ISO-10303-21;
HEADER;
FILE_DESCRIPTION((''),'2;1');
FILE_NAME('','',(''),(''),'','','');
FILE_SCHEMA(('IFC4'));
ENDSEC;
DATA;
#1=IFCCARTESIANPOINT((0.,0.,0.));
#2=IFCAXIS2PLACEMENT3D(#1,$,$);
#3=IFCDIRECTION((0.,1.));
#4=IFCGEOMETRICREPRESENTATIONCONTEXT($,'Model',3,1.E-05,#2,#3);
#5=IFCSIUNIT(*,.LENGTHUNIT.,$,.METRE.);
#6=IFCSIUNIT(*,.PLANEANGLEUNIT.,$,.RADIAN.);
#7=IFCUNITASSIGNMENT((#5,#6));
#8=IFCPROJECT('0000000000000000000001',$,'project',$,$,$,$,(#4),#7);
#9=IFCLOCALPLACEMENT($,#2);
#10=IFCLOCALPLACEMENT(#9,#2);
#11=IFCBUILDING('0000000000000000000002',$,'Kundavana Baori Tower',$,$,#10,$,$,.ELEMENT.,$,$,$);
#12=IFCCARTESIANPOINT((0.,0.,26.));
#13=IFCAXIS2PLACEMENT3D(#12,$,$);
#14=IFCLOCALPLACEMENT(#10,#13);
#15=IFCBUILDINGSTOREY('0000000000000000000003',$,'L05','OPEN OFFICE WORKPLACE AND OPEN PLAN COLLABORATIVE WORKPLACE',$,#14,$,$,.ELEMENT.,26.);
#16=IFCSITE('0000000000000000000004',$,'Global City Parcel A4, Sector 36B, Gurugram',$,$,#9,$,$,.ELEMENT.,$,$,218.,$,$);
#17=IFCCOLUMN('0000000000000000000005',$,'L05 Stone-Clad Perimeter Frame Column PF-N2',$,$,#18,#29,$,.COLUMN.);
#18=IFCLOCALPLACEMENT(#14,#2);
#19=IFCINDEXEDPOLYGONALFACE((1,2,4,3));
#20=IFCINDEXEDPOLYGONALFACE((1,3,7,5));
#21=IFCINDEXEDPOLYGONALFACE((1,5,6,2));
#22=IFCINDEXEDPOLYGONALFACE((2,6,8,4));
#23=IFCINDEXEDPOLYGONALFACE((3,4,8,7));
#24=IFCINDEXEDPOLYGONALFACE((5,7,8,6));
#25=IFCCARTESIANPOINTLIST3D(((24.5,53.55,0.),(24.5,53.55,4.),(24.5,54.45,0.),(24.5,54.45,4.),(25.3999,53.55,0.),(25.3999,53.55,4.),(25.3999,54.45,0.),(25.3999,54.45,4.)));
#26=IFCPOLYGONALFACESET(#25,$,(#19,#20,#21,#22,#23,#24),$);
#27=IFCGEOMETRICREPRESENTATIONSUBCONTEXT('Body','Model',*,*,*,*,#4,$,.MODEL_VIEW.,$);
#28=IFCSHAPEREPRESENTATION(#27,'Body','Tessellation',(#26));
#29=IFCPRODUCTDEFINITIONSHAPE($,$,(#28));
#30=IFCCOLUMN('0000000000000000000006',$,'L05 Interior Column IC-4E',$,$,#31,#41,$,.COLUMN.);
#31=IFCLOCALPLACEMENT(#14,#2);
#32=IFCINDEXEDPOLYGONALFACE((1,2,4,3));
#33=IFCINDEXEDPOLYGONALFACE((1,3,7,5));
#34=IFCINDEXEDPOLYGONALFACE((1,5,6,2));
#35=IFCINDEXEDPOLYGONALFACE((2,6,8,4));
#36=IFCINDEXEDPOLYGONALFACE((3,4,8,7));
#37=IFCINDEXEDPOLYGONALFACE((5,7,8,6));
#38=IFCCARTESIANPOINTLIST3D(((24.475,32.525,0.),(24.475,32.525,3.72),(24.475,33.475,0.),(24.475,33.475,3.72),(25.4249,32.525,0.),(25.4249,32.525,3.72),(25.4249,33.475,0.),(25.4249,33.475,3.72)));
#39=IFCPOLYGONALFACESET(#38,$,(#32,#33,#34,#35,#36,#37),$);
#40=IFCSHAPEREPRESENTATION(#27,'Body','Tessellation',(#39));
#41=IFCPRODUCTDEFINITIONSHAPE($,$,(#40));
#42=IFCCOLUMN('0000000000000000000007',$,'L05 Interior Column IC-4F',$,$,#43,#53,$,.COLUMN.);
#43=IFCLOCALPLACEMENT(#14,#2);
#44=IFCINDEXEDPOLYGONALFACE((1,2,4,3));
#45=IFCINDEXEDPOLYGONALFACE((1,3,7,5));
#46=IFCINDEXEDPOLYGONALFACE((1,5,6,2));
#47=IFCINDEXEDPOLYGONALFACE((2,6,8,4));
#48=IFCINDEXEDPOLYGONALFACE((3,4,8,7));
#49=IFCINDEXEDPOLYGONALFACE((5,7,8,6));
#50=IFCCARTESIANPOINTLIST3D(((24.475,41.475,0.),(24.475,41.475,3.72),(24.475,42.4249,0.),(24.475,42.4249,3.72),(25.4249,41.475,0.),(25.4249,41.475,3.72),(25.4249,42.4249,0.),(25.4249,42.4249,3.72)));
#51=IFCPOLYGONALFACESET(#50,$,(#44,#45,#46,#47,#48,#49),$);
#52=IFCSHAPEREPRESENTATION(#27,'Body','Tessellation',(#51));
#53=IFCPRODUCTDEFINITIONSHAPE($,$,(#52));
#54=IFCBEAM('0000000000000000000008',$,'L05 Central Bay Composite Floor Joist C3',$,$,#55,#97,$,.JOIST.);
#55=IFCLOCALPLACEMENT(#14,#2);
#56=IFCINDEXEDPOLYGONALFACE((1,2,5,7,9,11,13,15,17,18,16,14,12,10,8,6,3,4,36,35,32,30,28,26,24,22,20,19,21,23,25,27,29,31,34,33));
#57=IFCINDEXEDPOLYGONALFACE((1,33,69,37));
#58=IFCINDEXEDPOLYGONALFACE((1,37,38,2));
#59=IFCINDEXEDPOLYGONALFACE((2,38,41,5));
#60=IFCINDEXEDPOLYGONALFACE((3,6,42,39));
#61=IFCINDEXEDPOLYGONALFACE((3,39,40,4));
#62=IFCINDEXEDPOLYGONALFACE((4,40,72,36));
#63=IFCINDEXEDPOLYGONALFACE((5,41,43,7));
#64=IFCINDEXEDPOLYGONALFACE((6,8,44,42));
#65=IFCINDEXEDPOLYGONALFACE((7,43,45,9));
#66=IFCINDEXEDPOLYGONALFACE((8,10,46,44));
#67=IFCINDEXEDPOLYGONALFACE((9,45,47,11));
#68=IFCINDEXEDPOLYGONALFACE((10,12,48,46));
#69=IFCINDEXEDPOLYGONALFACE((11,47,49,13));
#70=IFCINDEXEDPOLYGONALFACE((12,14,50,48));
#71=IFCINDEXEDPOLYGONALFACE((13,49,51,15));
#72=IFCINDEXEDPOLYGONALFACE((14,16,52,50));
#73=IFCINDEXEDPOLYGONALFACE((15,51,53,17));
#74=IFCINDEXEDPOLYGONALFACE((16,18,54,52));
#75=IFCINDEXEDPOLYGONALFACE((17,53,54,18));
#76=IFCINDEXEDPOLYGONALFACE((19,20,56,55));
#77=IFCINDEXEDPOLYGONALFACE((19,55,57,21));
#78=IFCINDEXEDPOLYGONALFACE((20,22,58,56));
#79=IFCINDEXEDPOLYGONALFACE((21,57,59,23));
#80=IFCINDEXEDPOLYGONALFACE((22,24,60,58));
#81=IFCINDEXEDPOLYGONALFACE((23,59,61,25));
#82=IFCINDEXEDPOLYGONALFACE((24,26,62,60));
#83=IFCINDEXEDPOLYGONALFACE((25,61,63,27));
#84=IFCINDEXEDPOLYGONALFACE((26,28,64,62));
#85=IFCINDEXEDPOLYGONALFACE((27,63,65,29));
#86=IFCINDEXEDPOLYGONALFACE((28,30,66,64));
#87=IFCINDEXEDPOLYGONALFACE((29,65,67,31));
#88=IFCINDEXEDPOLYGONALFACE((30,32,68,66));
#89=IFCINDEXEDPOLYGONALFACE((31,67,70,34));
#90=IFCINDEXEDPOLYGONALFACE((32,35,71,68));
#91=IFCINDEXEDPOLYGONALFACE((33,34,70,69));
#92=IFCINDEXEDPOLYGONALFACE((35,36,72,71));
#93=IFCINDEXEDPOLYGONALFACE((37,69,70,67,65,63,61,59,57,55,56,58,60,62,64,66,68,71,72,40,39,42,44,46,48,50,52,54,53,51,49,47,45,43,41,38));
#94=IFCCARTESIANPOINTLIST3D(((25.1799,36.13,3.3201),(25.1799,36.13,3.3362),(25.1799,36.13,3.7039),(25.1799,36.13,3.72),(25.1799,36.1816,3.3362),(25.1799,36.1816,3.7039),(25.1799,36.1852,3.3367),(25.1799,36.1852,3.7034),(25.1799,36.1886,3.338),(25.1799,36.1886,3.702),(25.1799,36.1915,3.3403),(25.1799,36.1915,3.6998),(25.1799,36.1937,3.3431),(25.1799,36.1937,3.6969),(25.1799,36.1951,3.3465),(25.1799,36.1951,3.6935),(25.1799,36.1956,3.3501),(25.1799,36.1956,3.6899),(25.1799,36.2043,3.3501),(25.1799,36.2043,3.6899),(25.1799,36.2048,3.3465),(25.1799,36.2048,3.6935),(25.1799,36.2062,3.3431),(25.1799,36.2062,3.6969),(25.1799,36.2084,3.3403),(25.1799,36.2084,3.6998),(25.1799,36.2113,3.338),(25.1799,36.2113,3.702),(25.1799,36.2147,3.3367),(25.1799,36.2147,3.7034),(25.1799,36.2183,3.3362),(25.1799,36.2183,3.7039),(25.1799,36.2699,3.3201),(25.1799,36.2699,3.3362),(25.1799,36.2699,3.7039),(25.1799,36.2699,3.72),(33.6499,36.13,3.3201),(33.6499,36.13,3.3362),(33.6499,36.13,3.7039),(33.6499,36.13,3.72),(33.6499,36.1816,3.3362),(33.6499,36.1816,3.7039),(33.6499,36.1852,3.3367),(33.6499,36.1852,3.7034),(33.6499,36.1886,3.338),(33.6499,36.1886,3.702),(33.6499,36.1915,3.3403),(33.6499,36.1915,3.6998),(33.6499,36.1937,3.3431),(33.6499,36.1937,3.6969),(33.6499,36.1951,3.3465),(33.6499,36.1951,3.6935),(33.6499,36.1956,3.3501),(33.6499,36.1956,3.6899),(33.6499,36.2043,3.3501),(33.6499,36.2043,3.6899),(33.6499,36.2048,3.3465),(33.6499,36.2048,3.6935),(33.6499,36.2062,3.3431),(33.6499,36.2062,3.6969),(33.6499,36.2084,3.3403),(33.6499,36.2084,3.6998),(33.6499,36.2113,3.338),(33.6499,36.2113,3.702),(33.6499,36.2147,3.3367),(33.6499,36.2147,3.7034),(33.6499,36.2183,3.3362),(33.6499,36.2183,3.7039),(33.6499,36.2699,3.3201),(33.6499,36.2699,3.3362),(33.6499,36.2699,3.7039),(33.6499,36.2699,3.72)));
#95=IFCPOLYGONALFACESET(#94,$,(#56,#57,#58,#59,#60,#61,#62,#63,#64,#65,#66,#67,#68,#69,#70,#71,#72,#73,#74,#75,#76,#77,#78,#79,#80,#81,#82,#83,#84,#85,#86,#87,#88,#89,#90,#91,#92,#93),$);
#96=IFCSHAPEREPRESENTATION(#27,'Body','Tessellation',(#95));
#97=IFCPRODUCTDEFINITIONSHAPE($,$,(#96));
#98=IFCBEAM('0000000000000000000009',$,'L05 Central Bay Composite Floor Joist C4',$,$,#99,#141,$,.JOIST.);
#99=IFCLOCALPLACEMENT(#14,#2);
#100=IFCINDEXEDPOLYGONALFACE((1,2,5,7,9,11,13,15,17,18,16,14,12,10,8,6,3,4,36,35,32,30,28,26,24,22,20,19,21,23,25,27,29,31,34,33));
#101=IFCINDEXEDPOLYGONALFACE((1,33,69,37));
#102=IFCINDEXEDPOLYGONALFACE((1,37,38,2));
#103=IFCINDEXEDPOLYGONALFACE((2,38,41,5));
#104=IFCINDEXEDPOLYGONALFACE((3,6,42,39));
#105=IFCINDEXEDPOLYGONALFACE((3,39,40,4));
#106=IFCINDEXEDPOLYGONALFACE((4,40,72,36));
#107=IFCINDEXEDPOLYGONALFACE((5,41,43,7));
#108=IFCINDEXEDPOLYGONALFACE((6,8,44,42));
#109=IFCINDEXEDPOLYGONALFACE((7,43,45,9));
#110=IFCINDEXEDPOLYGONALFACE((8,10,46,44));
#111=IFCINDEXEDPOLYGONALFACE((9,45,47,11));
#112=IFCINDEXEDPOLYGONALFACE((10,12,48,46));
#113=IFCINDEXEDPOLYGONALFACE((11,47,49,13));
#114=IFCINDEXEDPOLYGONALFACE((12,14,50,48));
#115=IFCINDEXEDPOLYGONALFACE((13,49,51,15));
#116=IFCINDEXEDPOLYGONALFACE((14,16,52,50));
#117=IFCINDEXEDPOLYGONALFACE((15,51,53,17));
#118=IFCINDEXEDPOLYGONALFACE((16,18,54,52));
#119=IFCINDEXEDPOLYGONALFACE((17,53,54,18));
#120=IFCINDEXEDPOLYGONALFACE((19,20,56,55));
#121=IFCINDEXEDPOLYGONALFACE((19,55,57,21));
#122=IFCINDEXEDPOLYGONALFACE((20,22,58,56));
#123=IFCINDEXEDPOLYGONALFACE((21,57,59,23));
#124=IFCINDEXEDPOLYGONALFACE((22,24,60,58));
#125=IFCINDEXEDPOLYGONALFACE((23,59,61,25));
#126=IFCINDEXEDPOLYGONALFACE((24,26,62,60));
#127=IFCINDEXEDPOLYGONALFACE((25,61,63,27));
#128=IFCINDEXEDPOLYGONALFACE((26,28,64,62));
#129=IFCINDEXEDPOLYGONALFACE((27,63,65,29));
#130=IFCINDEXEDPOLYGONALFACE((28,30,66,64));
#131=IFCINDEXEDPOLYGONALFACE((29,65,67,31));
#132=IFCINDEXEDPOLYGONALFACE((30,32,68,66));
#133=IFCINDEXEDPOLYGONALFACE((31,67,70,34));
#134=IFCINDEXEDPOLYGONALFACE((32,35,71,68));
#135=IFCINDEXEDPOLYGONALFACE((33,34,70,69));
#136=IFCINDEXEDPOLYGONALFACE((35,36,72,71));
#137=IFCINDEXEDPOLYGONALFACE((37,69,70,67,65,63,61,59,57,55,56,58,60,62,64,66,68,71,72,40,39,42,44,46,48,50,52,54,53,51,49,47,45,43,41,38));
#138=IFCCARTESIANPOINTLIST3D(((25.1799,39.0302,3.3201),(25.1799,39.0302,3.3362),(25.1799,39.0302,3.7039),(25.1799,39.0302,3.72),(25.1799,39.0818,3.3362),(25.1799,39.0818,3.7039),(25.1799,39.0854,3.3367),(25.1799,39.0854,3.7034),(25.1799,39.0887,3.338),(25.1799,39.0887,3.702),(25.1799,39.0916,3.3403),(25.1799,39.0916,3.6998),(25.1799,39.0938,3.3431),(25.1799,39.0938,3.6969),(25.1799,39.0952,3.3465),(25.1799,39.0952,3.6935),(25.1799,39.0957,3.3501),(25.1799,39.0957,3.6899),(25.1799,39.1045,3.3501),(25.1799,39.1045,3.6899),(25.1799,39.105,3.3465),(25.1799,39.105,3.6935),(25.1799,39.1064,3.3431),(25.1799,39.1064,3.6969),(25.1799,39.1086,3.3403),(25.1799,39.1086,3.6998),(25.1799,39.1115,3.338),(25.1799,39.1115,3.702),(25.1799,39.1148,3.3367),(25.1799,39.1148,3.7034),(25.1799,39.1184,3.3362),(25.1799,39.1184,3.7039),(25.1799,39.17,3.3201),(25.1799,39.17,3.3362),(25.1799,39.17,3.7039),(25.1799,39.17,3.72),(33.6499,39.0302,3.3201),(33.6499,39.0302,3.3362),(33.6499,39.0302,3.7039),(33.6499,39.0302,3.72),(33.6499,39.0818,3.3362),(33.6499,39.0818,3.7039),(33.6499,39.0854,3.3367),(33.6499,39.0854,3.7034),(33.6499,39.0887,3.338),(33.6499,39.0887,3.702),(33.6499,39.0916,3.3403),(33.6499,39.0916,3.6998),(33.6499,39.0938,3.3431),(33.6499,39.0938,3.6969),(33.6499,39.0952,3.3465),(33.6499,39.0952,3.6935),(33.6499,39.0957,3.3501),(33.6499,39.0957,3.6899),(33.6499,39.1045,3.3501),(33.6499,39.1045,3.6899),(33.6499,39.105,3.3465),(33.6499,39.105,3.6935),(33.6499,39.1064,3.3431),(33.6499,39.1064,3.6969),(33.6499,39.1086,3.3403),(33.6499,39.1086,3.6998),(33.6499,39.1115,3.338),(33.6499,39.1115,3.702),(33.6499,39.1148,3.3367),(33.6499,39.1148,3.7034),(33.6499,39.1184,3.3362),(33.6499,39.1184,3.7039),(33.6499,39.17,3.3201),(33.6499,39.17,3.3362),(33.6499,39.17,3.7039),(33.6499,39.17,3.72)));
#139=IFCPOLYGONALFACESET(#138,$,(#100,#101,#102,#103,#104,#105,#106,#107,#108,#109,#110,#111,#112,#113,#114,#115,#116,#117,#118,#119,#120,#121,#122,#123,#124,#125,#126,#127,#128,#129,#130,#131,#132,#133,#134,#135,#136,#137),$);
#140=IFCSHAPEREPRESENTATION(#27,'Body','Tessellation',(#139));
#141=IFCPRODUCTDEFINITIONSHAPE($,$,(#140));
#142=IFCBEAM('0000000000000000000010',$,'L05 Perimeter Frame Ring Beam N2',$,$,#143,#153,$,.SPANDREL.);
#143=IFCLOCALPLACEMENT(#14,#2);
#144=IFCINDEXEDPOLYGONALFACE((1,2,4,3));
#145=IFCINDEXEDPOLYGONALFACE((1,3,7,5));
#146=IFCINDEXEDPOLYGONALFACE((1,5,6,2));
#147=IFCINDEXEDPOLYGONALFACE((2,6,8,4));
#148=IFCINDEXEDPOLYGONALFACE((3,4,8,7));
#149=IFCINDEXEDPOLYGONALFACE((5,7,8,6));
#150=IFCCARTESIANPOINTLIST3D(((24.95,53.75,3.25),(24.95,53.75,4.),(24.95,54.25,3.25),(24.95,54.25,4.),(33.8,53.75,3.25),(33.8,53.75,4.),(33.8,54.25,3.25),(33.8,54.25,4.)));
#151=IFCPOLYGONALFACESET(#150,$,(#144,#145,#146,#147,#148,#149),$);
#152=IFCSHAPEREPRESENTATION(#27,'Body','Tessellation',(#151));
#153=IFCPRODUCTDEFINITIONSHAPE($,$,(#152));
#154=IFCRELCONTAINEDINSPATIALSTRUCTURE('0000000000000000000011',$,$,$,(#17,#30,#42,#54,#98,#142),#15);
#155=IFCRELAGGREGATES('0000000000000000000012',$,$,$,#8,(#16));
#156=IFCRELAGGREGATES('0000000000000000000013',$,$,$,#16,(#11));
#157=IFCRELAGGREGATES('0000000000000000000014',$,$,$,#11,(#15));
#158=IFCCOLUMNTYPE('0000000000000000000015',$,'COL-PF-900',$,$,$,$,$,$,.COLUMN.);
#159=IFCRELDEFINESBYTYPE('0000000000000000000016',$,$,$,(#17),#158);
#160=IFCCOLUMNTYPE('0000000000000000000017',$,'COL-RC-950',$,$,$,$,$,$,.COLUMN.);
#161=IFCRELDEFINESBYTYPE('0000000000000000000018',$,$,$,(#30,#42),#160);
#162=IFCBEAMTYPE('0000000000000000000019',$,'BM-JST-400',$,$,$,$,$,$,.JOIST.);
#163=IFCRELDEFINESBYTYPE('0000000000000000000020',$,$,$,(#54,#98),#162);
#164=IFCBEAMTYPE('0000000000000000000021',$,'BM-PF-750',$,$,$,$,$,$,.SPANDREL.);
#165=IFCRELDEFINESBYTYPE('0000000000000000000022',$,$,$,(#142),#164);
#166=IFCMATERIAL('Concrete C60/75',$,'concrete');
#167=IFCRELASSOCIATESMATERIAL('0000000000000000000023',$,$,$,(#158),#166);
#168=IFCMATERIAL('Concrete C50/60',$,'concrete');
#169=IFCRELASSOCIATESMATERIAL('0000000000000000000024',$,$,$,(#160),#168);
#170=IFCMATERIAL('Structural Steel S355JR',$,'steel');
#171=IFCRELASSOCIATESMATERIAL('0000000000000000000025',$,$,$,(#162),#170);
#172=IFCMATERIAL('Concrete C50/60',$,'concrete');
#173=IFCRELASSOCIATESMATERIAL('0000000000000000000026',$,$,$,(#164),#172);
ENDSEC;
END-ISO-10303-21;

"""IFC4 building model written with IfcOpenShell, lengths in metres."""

from ifc_helpers import new_model, si_unit, direction, frame, origin, origin_2d, place, context, subcontext, project, spatial, rectangle, i_section, extrude, material, material_profile, profile_set, type_object, element, save


model = new_model("IFC4")

# Units and contexts
model_context = context("Model", 3, precision=1e-05, world=origin(), true_north=direction((0.0, 1.0)))
body_context = subcontext(model_context, "Body", "Model", "MODEL_VIEW")
ifc_project = project(units=[si_unit("LENGTHUNIT", "METRE"), si_unit("PLANEANGLEUNIT", "RADIAN")], contexts=[model_context])

# Site, building, storey
site_placement = place(None, origin())
site = spatial("IfcSite", under=ifc_project, at=site_placement, Name="Global City Parcel A4, Sector 36B, Gurugram", CompositionType="ELEMENT", RefElevation=218.0)
building_placement = place(site_placement, origin())
building = spatial("IfcBuilding", under=site, at=building_placement, Name="Kundavana Baori Tower", CompositionType="ELEMENT")
storey_placement = place(building_placement, frame((0.0, 0.0, 26.0)))
storey = spatial("IfcBuildingStorey", under=building, at=storey_placement, Name="L05", Description="OPEN OFFICE WORKPLACE AND OPEN PLAN COLLABORATIVE WORKPLACE", CompositionType="ELEMENT", Elevation=26.0)

# Columns
ifc_material_1 = material(Name="Concrete C60/75", Category="concrete")
ifc_material_profile_1 = material_profile(ifc_material_1, rectangle(XDim=0.8999, YDim=0.8999, at=origin_2d()), Name="RC PF 900x900")
ifc_profile_set_1 = profile_set([ifc_material_profile_1], Name="Concrete C60/75")
column_type_1 = type_object("IfcColumnType", Name="COL-PF-900", PredefinedType="COLUMN", material=ifc_profile_set_1)
column_placement = place(storey_placement, frame((24.95, 54.0, 0.0), z_axis=(0.0, 0.0, 1.0), x_axis=(1.0, 0.0, 0.0)))
element("IfcColumn", 1, at=column_placement, inside=storey, type_object=column_type_1, Name="L05 Stone-Clad Perimeter Frame Column PF-N2", PredefinedType="COLUMN", context=body_context, shape_type="SweptSolid", body=[
    extrude(rectangle(XDim=0.8999, YDim=0.8999, at=origin_2d()), origin(), (0.0, 0.0, 1.0), 4.0),
])
ifc_material_2 = material(Name="Concrete C50/60", Category="concrete")
ifc_material_profile_2 = material_profile(ifc_material_2, rectangle(XDim=0.95, YDim=0.95, at=origin_2d()), Name="RC 950x950")
ifc_profile_set_2 = profile_set([ifc_material_profile_2], Name="Concrete C50/60")
column_type_2 = type_object("IfcColumnType", Name="COL-RC-950", PredefinedType="COLUMN", material=ifc_profile_set_2)
for number, where, z_axis, x_axis, name in (
    (2, (24.95, 33.0, 0.0), (0.0, 0.0, 1.0), (1.0, 0.0, 0.0), "L05 Interior Column IC-4E"),
    (3, (24.95, 41.95, 0.0), (0.0, 0.0, 1.0), (1.0, 0.0, 0.0), "L05 Interior Column IC-4F"),
):
    element("IfcColumn", number, at=place(storey_placement, frame(where, z_axis=z_axis, x_axis=x_axis)), inside=storey, type_object=column_type_2, Name=name, PredefinedType="COLUMN", context=body_context, shape_type="SweptSolid", body=[
        extrude(rectangle(XDim=0.95, YDim=0.95, at=origin_2d()), origin(), (0.0, 0.0, 1.0), 3.72),
    ])

# Beams
ifc_material_3 = material(Name="Structural Steel S355JR", Category="steel")
ifc_material_profile_3 = material_profile(ifc_material_3, i_section(OverallWidth=0.1399, OverallDepth=0.3999, WebThickness=0.0088, FlangeThickness=0.0161, FilletRadius=0.0139, at=origin_2d()), Name="ISMB 400")
ifc_profile_set_3 = profile_set([ifc_material_profile_3], Name="Structural Steel S355JR")
beam_type_1 = type_object("IfcBeamType", Name="BM-JST-400", PredefinedType="JOIST", material=ifc_profile_set_3)
for number, where, z_axis, x_axis, name in (
    (4, (25.1799, 36.2, 3.52), (1.0, 0.0, 0.0), (0.0, 1.0, 0.0), "L05 Central Bay Composite Floor Joist C3"),
    (5, (25.1799, 39.1001, 3.52), (1.0, 0.0, 0.0), (0.0, 1.0, 0.0), "L05 Central Bay Composite Floor Joist C4"),
):
    element("IfcBeam", number, at=place(storey_placement, frame(where, z_axis=z_axis, x_axis=x_axis)), inside=storey, type_object=beam_type_1, Name=name, PredefinedType="JOIST", context=body_context, shape_type="SweptSolid", body=[
        extrude(i_section(OverallWidth=0.1399, OverallDepth=0.3999, WebThickness=0.0088, FlangeThickness=0.0161, FilletRadius=0.0139, at=origin_2d()), origin(), (0.0, 0.0, 1.0), 8.47),
    ])
ifc_material_4 = material(Name="Concrete C50/60", Category="concrete")
ifc_material_profile_4 = material_profile(ifc_material_4, rectangle(XDim=0.5, YDim=0.75, at=origin_2d()), Name="RC BM 500x750")
ifc_profile_set_4 = profile_set([ifc_material_profile_4], Name="Concrete C50/60")
beam_type_2 = type_object("IfcBeamType", Name="BM-PF-750", PredefinedType="SPANDREL", material=ifc_profile_set_4)
beam_1_placement = place(storey_placement, frame((24.95, 54.0, 3.625), z_axis=(1.0, 0.0, 0.0), x_axis=(0.0, 1.0, 0.0)))
element("IfcBeam", 6, at=beam_1_placement, inside=storey, type_object=beam_type_2, Name="L05 Perimeter Frame Ring Beam N2", PredefinedType="SPANDREL", context=body_context, shape_type="SweptSolid", body=[
    extrude(rectangle(XDim=0.5, YDim=0.75, at=origin_2d()), origin(), (0.0, 0.0, 1.0), 8.8501),
])

save(model, "model.ifc")
